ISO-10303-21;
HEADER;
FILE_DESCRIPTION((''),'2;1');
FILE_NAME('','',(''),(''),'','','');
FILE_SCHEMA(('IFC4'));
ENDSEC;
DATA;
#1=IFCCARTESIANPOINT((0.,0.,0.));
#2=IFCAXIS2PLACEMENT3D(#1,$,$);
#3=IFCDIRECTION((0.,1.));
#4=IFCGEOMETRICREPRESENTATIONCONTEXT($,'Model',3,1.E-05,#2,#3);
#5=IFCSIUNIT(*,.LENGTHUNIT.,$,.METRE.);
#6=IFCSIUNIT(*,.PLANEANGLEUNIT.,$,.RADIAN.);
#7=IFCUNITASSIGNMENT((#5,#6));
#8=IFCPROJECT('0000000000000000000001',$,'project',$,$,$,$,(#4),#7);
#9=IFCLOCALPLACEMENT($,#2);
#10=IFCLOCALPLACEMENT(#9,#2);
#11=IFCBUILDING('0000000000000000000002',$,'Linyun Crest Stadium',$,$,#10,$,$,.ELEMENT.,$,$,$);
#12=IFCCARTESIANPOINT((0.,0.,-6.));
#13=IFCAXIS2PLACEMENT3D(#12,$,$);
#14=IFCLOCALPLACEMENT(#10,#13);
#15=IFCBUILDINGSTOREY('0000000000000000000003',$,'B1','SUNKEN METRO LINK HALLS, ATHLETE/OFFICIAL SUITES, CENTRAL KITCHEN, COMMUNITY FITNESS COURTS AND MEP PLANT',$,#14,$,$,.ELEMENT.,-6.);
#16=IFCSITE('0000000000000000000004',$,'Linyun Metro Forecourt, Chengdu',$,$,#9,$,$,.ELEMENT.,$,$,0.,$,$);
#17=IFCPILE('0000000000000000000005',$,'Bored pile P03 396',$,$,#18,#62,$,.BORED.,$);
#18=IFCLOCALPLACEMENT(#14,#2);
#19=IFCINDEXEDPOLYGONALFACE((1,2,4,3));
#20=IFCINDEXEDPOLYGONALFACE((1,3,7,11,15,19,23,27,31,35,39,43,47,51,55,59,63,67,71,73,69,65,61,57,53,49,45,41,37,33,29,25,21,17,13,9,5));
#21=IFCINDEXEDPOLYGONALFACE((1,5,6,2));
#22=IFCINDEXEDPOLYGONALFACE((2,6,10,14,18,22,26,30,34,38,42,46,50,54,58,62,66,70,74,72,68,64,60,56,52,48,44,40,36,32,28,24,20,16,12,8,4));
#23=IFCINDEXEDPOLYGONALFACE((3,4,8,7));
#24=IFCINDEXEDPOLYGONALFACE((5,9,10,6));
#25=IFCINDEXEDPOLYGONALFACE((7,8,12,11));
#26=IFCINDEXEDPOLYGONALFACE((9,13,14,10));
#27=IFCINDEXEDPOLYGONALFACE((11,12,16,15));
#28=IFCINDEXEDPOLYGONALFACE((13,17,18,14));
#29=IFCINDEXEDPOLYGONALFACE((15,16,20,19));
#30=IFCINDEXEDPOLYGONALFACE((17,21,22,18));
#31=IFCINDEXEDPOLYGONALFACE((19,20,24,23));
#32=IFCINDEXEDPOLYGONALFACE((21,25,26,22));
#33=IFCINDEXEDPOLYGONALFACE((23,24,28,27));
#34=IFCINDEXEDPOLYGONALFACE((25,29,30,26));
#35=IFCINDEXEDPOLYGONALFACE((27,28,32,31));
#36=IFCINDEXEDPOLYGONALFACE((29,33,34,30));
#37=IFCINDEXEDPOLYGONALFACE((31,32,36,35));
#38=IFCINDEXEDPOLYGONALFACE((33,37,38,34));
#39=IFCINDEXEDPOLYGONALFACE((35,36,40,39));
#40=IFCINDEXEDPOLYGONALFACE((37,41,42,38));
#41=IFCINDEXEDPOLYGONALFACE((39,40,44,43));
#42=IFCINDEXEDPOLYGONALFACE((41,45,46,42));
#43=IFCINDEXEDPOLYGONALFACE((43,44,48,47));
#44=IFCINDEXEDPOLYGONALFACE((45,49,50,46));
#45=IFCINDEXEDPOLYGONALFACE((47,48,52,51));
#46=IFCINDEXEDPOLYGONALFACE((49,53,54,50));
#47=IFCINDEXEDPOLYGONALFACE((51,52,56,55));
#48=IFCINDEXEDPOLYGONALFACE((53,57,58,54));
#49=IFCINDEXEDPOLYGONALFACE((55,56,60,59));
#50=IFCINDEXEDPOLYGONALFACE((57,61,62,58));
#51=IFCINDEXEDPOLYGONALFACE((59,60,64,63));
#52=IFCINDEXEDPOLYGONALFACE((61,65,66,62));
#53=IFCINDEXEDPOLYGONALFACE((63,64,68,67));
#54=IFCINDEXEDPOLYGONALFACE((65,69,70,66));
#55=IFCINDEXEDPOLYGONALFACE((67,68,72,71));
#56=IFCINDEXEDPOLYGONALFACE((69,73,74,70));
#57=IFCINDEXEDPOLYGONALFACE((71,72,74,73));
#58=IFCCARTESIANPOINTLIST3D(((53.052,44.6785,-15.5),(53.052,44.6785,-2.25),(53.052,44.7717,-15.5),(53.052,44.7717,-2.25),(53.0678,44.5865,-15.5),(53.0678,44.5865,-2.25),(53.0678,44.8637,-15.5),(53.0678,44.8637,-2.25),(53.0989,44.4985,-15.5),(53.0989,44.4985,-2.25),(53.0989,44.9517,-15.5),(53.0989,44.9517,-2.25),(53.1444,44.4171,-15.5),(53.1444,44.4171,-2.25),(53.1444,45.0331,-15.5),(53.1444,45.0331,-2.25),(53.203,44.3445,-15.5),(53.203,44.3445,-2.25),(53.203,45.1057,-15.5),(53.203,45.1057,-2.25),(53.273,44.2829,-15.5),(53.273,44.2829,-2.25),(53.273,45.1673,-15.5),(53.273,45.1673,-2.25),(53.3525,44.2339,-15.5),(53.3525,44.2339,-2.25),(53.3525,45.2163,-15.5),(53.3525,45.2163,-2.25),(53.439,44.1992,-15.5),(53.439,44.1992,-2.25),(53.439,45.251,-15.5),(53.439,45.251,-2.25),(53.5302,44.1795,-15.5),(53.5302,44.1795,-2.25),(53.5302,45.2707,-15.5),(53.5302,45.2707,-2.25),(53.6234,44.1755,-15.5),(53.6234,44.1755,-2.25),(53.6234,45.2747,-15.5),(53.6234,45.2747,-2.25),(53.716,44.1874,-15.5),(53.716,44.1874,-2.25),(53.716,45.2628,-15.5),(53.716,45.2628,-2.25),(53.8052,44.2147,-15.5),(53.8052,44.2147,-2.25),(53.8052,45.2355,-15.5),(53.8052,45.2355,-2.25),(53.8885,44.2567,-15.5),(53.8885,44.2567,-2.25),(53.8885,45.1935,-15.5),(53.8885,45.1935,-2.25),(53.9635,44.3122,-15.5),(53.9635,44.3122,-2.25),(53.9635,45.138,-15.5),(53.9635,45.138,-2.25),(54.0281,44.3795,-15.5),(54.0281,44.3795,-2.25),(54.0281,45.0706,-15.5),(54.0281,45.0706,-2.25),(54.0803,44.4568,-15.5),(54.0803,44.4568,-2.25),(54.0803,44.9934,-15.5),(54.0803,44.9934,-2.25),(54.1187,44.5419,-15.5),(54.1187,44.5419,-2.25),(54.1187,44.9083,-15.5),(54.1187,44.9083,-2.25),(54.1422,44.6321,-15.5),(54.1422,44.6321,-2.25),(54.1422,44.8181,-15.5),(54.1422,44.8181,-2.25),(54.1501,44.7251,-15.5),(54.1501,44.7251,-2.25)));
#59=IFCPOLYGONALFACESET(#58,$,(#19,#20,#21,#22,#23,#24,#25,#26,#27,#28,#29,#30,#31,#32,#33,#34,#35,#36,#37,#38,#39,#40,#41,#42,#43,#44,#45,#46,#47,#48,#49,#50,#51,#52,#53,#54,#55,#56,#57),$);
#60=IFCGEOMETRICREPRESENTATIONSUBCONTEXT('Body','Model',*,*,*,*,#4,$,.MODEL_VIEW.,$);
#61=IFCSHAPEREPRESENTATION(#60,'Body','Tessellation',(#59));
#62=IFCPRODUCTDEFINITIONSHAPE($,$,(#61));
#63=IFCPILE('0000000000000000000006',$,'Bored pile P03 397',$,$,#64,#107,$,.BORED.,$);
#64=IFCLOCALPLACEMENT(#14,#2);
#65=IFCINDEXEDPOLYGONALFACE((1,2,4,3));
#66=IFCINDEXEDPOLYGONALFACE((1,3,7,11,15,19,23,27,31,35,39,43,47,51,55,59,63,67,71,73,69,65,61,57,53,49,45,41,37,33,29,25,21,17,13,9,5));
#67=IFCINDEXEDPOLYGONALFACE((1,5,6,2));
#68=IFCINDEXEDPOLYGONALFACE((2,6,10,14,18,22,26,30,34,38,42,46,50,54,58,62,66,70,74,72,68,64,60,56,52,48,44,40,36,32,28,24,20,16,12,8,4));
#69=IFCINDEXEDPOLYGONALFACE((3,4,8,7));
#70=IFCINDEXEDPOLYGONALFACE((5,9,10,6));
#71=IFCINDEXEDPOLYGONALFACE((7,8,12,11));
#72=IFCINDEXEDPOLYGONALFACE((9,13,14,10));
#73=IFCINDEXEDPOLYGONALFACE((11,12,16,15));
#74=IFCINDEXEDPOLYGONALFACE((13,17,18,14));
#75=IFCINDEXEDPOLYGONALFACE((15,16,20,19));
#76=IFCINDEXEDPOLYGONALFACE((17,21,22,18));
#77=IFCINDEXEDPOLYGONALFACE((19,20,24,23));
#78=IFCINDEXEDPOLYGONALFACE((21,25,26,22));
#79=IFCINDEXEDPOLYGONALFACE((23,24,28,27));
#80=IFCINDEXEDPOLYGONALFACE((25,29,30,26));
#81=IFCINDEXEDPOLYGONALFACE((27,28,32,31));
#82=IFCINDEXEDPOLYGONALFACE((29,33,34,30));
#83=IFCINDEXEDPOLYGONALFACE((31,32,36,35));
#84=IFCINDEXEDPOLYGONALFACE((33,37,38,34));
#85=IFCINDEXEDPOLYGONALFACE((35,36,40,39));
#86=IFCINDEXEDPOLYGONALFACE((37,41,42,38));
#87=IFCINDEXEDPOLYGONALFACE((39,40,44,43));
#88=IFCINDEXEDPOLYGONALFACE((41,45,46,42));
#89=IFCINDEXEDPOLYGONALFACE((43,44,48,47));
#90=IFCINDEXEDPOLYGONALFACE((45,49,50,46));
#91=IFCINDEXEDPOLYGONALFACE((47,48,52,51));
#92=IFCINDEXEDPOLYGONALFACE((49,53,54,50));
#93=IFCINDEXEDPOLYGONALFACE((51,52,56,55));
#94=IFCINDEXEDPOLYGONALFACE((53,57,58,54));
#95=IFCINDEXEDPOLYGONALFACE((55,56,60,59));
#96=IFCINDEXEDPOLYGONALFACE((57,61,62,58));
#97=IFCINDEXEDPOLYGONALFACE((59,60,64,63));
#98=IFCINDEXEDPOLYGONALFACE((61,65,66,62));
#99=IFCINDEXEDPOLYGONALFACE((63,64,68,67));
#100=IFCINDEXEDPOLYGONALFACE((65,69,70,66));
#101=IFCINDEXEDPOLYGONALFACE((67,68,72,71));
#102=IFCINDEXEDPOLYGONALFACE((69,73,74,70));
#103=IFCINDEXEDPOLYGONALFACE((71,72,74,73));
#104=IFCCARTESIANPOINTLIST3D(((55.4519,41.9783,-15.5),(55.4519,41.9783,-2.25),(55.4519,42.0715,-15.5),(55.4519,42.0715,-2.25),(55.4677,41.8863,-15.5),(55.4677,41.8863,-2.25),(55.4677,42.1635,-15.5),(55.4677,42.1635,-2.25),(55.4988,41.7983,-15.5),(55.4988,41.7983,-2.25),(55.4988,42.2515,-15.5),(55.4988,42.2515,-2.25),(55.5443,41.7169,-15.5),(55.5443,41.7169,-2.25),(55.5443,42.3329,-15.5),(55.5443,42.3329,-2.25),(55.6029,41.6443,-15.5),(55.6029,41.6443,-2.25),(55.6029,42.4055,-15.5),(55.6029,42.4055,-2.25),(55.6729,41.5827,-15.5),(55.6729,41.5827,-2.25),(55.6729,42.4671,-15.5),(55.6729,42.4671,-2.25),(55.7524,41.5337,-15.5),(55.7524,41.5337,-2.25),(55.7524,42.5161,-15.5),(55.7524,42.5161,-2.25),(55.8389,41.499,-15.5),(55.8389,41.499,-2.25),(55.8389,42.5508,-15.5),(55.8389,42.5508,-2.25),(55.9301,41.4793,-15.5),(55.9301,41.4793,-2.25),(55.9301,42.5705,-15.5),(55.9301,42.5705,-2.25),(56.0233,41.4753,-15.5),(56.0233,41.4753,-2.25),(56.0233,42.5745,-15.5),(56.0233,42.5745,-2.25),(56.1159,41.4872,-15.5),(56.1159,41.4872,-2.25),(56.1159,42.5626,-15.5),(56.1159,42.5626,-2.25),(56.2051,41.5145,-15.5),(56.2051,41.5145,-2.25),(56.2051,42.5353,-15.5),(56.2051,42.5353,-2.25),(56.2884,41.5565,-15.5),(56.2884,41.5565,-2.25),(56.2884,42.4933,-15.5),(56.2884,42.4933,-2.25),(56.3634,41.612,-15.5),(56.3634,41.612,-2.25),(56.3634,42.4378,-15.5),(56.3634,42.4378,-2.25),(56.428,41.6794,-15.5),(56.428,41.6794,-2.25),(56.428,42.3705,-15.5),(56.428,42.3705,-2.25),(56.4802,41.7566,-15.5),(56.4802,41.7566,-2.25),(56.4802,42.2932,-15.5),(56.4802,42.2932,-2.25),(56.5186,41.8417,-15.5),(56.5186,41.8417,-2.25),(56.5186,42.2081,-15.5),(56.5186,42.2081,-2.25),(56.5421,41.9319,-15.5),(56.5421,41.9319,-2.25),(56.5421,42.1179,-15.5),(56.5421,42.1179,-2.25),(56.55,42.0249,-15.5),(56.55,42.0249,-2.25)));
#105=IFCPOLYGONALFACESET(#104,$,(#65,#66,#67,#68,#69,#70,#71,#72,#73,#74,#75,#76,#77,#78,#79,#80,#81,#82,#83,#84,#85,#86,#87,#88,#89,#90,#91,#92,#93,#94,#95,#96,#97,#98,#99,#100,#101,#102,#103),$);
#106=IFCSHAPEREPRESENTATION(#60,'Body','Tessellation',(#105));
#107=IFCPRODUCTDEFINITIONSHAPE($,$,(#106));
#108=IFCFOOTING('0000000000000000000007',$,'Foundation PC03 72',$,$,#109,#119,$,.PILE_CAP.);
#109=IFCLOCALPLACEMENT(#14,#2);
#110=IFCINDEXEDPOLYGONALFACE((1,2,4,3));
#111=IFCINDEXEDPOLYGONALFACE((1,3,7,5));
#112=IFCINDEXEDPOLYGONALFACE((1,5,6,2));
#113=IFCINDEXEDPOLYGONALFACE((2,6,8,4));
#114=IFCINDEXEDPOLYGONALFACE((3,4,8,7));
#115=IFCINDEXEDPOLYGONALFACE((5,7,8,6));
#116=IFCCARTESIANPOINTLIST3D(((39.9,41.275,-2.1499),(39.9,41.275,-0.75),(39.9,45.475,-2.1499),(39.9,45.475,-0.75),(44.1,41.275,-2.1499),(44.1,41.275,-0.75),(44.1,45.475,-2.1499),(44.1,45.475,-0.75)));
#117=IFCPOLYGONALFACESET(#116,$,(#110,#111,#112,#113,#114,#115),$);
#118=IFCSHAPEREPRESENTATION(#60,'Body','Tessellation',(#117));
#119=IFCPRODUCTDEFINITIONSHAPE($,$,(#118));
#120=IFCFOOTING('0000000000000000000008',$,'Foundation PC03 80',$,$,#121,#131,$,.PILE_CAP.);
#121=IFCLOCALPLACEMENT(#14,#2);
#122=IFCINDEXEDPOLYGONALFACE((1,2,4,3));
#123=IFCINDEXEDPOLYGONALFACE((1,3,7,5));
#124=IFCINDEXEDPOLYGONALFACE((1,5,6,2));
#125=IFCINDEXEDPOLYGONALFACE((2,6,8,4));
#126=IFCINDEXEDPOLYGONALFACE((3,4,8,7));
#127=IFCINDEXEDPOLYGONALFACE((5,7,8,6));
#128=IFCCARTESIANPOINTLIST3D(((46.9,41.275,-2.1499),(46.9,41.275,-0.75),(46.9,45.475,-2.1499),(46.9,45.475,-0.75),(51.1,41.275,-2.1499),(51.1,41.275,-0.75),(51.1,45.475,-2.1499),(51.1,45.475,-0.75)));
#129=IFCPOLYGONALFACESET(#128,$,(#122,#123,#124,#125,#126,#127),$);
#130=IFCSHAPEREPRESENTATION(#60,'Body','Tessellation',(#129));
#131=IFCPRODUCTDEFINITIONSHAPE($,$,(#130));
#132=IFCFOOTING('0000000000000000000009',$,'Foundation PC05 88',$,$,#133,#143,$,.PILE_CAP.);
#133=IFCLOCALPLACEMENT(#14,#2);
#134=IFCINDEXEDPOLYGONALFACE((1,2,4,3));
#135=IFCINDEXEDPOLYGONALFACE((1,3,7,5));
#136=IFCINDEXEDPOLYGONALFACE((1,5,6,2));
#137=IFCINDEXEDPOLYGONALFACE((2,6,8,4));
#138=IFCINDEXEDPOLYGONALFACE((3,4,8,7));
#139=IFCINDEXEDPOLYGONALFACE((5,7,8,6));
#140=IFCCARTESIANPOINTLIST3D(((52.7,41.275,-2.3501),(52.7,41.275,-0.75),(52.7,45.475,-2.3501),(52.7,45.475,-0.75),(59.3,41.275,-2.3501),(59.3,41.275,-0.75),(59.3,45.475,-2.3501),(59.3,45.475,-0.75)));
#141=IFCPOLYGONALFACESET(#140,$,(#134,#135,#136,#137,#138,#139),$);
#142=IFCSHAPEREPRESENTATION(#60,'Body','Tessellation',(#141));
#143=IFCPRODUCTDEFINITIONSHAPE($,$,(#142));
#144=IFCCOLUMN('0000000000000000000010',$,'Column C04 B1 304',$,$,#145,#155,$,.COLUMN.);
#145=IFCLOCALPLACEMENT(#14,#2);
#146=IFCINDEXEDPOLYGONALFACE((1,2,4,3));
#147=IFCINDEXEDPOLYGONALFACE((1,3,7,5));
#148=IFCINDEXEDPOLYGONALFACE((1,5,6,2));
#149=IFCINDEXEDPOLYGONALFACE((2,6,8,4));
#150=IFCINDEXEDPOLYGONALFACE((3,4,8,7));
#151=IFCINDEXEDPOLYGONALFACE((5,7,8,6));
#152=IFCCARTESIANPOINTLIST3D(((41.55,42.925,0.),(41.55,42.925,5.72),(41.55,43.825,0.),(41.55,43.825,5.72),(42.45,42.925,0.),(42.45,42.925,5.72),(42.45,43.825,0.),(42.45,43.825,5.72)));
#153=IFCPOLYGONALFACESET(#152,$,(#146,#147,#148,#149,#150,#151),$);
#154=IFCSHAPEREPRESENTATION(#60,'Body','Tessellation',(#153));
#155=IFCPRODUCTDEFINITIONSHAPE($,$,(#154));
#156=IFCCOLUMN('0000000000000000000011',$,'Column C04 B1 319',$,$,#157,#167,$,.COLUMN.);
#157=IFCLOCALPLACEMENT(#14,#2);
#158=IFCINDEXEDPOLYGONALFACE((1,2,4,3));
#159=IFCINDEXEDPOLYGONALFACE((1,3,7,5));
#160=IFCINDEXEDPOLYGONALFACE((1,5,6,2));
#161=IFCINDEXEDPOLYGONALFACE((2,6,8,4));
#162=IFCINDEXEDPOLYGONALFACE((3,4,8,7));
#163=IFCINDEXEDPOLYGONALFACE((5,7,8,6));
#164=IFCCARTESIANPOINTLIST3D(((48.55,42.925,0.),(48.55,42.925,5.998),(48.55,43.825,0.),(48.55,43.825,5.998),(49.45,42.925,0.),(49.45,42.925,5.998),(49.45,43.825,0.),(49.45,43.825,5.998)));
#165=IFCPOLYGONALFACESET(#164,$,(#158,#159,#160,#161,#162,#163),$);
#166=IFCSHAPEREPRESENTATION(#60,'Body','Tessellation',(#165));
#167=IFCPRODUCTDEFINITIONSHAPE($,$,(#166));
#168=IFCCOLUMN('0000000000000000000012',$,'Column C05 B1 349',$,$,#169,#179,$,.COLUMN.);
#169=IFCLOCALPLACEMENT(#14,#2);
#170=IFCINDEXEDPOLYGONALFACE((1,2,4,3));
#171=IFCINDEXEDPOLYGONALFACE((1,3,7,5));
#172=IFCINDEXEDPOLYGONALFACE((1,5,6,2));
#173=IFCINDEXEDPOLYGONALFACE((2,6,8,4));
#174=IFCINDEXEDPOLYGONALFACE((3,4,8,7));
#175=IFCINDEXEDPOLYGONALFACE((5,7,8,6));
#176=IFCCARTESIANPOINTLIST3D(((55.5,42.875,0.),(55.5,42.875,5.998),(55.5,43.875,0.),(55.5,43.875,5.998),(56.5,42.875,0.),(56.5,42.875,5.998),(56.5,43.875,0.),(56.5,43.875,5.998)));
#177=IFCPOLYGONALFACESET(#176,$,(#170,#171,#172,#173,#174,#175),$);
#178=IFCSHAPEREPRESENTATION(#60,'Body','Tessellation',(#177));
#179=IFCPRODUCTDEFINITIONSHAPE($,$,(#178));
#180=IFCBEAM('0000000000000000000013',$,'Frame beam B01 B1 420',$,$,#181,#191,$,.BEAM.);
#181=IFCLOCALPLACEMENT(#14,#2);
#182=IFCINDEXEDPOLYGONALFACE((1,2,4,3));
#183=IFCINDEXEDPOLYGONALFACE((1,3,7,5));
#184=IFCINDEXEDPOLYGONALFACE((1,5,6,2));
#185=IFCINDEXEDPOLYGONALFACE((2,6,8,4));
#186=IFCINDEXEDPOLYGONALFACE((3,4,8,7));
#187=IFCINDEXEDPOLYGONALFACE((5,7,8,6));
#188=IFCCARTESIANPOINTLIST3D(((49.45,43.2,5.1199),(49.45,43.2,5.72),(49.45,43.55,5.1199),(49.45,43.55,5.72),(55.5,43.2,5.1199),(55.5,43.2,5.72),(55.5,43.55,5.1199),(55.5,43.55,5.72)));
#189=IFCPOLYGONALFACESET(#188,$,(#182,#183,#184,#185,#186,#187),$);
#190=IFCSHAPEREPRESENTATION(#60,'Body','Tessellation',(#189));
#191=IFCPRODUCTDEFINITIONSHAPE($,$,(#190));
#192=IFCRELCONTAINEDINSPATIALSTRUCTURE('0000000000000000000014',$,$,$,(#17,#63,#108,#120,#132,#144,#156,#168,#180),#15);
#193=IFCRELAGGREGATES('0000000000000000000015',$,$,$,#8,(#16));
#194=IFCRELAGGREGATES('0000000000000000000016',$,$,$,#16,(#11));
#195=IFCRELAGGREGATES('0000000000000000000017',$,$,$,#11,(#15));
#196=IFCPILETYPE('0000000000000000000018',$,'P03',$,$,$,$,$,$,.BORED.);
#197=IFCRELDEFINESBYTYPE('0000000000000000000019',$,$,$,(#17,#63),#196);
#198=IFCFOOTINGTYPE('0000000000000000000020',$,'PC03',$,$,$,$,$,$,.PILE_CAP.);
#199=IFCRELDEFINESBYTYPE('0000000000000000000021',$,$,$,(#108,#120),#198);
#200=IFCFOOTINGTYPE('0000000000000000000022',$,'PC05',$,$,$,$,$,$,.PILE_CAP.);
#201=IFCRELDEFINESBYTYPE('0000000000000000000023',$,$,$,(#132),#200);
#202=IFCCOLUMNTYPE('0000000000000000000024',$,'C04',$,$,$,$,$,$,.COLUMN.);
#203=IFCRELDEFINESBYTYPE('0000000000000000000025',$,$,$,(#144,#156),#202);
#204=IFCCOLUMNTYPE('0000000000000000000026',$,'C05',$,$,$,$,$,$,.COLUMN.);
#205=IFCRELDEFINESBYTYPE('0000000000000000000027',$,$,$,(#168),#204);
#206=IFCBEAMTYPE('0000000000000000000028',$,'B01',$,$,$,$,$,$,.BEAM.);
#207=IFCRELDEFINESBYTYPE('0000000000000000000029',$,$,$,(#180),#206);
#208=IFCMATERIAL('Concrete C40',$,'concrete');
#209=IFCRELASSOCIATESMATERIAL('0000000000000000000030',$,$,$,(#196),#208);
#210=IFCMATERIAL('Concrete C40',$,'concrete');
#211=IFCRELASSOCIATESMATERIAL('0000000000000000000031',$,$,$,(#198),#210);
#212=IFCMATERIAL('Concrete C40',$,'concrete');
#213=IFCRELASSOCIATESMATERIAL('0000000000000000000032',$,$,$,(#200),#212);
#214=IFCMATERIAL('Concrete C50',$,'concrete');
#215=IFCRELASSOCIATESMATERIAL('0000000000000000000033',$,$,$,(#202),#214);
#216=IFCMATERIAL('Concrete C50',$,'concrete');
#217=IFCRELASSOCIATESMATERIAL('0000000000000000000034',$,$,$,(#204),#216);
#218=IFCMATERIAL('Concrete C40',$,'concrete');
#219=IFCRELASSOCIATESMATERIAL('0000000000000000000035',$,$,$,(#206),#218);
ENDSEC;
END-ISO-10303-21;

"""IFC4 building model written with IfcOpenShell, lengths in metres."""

from ifc_helpers import new_model, si_unit, direction, frame, origin, origin_2d, place, context, subcontext, project, spatial, rectangle, circle, extrude, material, material_profile, profile_set, type_object, element, save


model = new_model("IFC4")

# Units and contexts
model_context = context("Model", 3, precision=1e-05, world=origin(), true_north=direction((0.0, 1.0)))
body_context = subcontext(model_context, "Body", "Model", "MODEL_VIEW")
ifc_project = project(units=[si_unit("LENGTHUNIT", "METRE"), si_unit("PLANEANGLEUNIT", "RADIAN")], contexts=[model_context])

# Site, building, storey
site_placement = place(None, origin())
site = spatial("IfcSite", under=ifc_project, at=site_placement, Name="Linyun Metro Forecourt, Chengdu", CompositionType="ELEMENT", RefElevation=0.0)
building_placement = place(site_placement, origin())
building = spatial("IfcBuilding", under=site, at=building_placement, Name="Linyun Crest Stadium", CompositionType="ELEMENT")
storey_placement = place(building_placement, frame((0.0, 0.0, -6.0)))
storey = spatial("IfcBuildingStorey", under=building, at=storey_placement, Name="B1", Description="SUNKEN METRO LINK HALLS, ATHLETE/OFFICIAL SUITES, CENTRAL KITCHEN, COMMUNITY FITNESS COURTS AND MEP PLANT", CompositionType="ELEMENT", Elevation=-6.0)

# Piles
ifc_material_1 = material(Name="Concrete C40", Category="concrete")
ifc_material_profile_1 = material_profile(ifc_material_1, circle(Radius=0.55, at=origin_2d()), Name="BORED PILE 1100")
ifc_profile_set_1 = profile_set([ifc_material_profile_1], Name="Concrete C40")
pile_type = type_object("IfcPileType", Name="P03", PredefinedType="BORED", material=ifc_profile_set_1)
for number, where, z_axis, x_axis, name in (
    (1, (53.6001, 44.7251, -2.25), (0.0, 0.0, -1.0), (1.0, 0.0, 0.0), "Bored pile P03 396"),
    (2, (56.0, 42.0249, -2.25), (0.0, 0.0, -1.0), (1.0, 0.0, 0.0), "Bored pile P03 397"),
):
    element("IfcPile", number, at=place(storey_placement, frame(where, z_axis=z_axis, x_axis=x_axis)), inside=storey, type_object=pile_type, Name=name, PredefinedType="BORED", context=body_context, shape_type="SweptSolid", body=[
        extrude(circle(Radius=0.55, at=origin_2d()), origin(), (0.0, 0.0, 1.0), 13.25),
    ])

# Footings
ifc_material_2 = material(Name="Concrete C40", Category="concrete")
footing_type_1 = type_object("IfcFootingType", Name="PC03", PredefinedType="PILE_CAP", material=ifc_material_2)
for number, where, z_axis, x_axis, name in (
    (3, (42.0, 43.375, -2.1499), (0.0, 0.0, 1.0), (1.0, 0.0, 0.0), "Foundation PC03 72"),
    (4, (49.0, 43.375, -2.1499), (0.0, 0.0, 1.0), (1.0, 0.0, 0.0), "Foundation PC03 80"),
):
    element("IfcFooting", number, at=place(storey_placement, frame(where, z_axis=z_axis, x_axis=x_axis)), inside=storey, type_object=footing_type_1, Name=name, PredefinedType="PILE_CAP", context=body_context, shape_type="SweptSolid", body=[
        extrude(rectangle(XDim=4.2, YDim=4.2, at=origin_2d()), origin(), (0.0, 0.0, 1.0), 1.3999),
    ])
ifc_material_3 = material(Name="Concrete C40", Category="concrete")
footing_type_2 = type_object("IfcFootingType", Name="PC05", PredefinedType="PILE_CAP", material=ifc_material_3)
footing_placement = place(storey_placement, frame((56.0, 43.375, -2.3501), z_axis=(0.0, 0.0, 1.0), x_axis=(1.0, 0.0, 0.0)))
element("IfcFooting", 5, at=footing_placement, inside=storey, type_object=footing_type_2, Name="Foundation PC05 88", PredefinedType="PILE_CAP", context=body_context, shape_type="SweptSolid", body=[
    extrude(rectangle(XDim=6.6001, YDim=4.2, at=origin_2d()), origin(), (0.0, 0.0, 1.0), 1.6001),
])

# Columns
ifc_material_4 = material(Name="Concrete C50", Category="concrete")
ifc_material_profile_2 = material_profile(ifc_material_4, rectangle(XDim=0.8999, YDim=0.8999, at=origin_2d()), Name="RC 900x900")
ifc_profile_set_2 = profile_set([ifc_material_profile_2], Name="Concrete C50")
column_type_1 = type_object("IfcColumnType", Name="C04", PredefinedType="COLUMN", material=ifc_profile_set_2)
column_1_placement = place(storey_placement, frame((42.0, 43.375, 0.0), z_axis=(0.0, 0.0, 1.0), x_axis=(1.0, 0.0, 0.0)))
element("IfcColumn", 6, at=column_1_placement, inside=storey, type_object=column_type_1, Name="Column C04 B1 304", PredefinedType="COLUMN", context=body_context, shape_type="SweptSolid", body=[
    extrude(rectangle(XDim=0.8999, YDim=0.8999, at=origin_2d()), origin(), (0.0, 0.0, 1.0), 5.72),
])
column_2_placement = place(storey_placement, frame((49.0, 43.375, 0.0), z_axis=(0.0, 0.0, 1.0), x_axis=(1.0, 0.0, 0.0)))
element("IfcColumn", 7, at=column_2_placement, inside=storey, type_object=column_type_1, Name="Column C04 B1 319", PredefinedType="COLUMN", context=body_context, shape_type="SweptSolid", body=[
    extrude(rectangle(XDim=0.8999, YDim=0.8999, at=origin_2d()), origin(), (0.0, 0.0, 1.0), 5.998),
])
ifc_material_5 = material(Name="Concrete C50", Category="concrete")
ifc_material_profile_3 = material_profile(ifc_material_5, rectangle(XDim=1.0, YDim=1.0, at=origin_2d()), Name="RC 1000x1000")
ifc_profile_set_3 = profile_set([ifc_material_profile_3], Name="Concrete C50")
column_type_2 = type_object("IfcColumnType", Name="C05", PredefinedType="COLUMN", material=ifc_profile_set_3)
column_3_placement = place(storey_placement, frame((56.0, 43.375, 0.0), z_axis=(0.0, 0.0, 1.0), x_axis=(1.0, 0.0, 0.0)))
element("IfcColumn", 8, at=column_3_placement, inside=storey, type_object=column_type_2, Name="Column C05 B1 349", PredefinedType="COLUMN", context=body_context, shape_type="SweptSolid", body=[
    extrude(rectangle(XDim=1.0, YDim=1.0, at=origin_2d()), origin(), (0.0, 0.0, 1.0), 5.998),
])

# Beam
ifc_material_6 = material(Name="Concrete C40", Category="concrete")
ifc_material_profile_4 = material_profile(ifc_material_6, rectangle(XDim=0.3501, YDim=0.6001, at=origin_2d()), Name="RCB 600x350")
ifc_profile_set_4 = profile_set([ifc_material_profile_4], Name="Concrete C40")
beam_type_1 = type_object("IfcBeamType", Name="B01", PredefinedType="BEAM", material=ifc_profile_set_4)
beam_1_placement = place(storey_placement, frame((49.45, 43.375, 5.4199), z_axis=(1.0, 0.0, 0.0), x_axis=(0.0, 1.0, 0.0)))
element("IfcBeam", 9, at=beam_1_placement, inside=storey, type_object=beam_type_1, Name="Frame beam B01 B1 420", PredefinedType="BEAM", context=body_context, shape_type="SweptSolid", body=[
    extrude(rectangle(XDim=0.3501, YDim=0.6001, at=origin_2d()), origin(), (0.0, 0.0, 1.0), 6.05),
])

save(model, "model.ifc")
